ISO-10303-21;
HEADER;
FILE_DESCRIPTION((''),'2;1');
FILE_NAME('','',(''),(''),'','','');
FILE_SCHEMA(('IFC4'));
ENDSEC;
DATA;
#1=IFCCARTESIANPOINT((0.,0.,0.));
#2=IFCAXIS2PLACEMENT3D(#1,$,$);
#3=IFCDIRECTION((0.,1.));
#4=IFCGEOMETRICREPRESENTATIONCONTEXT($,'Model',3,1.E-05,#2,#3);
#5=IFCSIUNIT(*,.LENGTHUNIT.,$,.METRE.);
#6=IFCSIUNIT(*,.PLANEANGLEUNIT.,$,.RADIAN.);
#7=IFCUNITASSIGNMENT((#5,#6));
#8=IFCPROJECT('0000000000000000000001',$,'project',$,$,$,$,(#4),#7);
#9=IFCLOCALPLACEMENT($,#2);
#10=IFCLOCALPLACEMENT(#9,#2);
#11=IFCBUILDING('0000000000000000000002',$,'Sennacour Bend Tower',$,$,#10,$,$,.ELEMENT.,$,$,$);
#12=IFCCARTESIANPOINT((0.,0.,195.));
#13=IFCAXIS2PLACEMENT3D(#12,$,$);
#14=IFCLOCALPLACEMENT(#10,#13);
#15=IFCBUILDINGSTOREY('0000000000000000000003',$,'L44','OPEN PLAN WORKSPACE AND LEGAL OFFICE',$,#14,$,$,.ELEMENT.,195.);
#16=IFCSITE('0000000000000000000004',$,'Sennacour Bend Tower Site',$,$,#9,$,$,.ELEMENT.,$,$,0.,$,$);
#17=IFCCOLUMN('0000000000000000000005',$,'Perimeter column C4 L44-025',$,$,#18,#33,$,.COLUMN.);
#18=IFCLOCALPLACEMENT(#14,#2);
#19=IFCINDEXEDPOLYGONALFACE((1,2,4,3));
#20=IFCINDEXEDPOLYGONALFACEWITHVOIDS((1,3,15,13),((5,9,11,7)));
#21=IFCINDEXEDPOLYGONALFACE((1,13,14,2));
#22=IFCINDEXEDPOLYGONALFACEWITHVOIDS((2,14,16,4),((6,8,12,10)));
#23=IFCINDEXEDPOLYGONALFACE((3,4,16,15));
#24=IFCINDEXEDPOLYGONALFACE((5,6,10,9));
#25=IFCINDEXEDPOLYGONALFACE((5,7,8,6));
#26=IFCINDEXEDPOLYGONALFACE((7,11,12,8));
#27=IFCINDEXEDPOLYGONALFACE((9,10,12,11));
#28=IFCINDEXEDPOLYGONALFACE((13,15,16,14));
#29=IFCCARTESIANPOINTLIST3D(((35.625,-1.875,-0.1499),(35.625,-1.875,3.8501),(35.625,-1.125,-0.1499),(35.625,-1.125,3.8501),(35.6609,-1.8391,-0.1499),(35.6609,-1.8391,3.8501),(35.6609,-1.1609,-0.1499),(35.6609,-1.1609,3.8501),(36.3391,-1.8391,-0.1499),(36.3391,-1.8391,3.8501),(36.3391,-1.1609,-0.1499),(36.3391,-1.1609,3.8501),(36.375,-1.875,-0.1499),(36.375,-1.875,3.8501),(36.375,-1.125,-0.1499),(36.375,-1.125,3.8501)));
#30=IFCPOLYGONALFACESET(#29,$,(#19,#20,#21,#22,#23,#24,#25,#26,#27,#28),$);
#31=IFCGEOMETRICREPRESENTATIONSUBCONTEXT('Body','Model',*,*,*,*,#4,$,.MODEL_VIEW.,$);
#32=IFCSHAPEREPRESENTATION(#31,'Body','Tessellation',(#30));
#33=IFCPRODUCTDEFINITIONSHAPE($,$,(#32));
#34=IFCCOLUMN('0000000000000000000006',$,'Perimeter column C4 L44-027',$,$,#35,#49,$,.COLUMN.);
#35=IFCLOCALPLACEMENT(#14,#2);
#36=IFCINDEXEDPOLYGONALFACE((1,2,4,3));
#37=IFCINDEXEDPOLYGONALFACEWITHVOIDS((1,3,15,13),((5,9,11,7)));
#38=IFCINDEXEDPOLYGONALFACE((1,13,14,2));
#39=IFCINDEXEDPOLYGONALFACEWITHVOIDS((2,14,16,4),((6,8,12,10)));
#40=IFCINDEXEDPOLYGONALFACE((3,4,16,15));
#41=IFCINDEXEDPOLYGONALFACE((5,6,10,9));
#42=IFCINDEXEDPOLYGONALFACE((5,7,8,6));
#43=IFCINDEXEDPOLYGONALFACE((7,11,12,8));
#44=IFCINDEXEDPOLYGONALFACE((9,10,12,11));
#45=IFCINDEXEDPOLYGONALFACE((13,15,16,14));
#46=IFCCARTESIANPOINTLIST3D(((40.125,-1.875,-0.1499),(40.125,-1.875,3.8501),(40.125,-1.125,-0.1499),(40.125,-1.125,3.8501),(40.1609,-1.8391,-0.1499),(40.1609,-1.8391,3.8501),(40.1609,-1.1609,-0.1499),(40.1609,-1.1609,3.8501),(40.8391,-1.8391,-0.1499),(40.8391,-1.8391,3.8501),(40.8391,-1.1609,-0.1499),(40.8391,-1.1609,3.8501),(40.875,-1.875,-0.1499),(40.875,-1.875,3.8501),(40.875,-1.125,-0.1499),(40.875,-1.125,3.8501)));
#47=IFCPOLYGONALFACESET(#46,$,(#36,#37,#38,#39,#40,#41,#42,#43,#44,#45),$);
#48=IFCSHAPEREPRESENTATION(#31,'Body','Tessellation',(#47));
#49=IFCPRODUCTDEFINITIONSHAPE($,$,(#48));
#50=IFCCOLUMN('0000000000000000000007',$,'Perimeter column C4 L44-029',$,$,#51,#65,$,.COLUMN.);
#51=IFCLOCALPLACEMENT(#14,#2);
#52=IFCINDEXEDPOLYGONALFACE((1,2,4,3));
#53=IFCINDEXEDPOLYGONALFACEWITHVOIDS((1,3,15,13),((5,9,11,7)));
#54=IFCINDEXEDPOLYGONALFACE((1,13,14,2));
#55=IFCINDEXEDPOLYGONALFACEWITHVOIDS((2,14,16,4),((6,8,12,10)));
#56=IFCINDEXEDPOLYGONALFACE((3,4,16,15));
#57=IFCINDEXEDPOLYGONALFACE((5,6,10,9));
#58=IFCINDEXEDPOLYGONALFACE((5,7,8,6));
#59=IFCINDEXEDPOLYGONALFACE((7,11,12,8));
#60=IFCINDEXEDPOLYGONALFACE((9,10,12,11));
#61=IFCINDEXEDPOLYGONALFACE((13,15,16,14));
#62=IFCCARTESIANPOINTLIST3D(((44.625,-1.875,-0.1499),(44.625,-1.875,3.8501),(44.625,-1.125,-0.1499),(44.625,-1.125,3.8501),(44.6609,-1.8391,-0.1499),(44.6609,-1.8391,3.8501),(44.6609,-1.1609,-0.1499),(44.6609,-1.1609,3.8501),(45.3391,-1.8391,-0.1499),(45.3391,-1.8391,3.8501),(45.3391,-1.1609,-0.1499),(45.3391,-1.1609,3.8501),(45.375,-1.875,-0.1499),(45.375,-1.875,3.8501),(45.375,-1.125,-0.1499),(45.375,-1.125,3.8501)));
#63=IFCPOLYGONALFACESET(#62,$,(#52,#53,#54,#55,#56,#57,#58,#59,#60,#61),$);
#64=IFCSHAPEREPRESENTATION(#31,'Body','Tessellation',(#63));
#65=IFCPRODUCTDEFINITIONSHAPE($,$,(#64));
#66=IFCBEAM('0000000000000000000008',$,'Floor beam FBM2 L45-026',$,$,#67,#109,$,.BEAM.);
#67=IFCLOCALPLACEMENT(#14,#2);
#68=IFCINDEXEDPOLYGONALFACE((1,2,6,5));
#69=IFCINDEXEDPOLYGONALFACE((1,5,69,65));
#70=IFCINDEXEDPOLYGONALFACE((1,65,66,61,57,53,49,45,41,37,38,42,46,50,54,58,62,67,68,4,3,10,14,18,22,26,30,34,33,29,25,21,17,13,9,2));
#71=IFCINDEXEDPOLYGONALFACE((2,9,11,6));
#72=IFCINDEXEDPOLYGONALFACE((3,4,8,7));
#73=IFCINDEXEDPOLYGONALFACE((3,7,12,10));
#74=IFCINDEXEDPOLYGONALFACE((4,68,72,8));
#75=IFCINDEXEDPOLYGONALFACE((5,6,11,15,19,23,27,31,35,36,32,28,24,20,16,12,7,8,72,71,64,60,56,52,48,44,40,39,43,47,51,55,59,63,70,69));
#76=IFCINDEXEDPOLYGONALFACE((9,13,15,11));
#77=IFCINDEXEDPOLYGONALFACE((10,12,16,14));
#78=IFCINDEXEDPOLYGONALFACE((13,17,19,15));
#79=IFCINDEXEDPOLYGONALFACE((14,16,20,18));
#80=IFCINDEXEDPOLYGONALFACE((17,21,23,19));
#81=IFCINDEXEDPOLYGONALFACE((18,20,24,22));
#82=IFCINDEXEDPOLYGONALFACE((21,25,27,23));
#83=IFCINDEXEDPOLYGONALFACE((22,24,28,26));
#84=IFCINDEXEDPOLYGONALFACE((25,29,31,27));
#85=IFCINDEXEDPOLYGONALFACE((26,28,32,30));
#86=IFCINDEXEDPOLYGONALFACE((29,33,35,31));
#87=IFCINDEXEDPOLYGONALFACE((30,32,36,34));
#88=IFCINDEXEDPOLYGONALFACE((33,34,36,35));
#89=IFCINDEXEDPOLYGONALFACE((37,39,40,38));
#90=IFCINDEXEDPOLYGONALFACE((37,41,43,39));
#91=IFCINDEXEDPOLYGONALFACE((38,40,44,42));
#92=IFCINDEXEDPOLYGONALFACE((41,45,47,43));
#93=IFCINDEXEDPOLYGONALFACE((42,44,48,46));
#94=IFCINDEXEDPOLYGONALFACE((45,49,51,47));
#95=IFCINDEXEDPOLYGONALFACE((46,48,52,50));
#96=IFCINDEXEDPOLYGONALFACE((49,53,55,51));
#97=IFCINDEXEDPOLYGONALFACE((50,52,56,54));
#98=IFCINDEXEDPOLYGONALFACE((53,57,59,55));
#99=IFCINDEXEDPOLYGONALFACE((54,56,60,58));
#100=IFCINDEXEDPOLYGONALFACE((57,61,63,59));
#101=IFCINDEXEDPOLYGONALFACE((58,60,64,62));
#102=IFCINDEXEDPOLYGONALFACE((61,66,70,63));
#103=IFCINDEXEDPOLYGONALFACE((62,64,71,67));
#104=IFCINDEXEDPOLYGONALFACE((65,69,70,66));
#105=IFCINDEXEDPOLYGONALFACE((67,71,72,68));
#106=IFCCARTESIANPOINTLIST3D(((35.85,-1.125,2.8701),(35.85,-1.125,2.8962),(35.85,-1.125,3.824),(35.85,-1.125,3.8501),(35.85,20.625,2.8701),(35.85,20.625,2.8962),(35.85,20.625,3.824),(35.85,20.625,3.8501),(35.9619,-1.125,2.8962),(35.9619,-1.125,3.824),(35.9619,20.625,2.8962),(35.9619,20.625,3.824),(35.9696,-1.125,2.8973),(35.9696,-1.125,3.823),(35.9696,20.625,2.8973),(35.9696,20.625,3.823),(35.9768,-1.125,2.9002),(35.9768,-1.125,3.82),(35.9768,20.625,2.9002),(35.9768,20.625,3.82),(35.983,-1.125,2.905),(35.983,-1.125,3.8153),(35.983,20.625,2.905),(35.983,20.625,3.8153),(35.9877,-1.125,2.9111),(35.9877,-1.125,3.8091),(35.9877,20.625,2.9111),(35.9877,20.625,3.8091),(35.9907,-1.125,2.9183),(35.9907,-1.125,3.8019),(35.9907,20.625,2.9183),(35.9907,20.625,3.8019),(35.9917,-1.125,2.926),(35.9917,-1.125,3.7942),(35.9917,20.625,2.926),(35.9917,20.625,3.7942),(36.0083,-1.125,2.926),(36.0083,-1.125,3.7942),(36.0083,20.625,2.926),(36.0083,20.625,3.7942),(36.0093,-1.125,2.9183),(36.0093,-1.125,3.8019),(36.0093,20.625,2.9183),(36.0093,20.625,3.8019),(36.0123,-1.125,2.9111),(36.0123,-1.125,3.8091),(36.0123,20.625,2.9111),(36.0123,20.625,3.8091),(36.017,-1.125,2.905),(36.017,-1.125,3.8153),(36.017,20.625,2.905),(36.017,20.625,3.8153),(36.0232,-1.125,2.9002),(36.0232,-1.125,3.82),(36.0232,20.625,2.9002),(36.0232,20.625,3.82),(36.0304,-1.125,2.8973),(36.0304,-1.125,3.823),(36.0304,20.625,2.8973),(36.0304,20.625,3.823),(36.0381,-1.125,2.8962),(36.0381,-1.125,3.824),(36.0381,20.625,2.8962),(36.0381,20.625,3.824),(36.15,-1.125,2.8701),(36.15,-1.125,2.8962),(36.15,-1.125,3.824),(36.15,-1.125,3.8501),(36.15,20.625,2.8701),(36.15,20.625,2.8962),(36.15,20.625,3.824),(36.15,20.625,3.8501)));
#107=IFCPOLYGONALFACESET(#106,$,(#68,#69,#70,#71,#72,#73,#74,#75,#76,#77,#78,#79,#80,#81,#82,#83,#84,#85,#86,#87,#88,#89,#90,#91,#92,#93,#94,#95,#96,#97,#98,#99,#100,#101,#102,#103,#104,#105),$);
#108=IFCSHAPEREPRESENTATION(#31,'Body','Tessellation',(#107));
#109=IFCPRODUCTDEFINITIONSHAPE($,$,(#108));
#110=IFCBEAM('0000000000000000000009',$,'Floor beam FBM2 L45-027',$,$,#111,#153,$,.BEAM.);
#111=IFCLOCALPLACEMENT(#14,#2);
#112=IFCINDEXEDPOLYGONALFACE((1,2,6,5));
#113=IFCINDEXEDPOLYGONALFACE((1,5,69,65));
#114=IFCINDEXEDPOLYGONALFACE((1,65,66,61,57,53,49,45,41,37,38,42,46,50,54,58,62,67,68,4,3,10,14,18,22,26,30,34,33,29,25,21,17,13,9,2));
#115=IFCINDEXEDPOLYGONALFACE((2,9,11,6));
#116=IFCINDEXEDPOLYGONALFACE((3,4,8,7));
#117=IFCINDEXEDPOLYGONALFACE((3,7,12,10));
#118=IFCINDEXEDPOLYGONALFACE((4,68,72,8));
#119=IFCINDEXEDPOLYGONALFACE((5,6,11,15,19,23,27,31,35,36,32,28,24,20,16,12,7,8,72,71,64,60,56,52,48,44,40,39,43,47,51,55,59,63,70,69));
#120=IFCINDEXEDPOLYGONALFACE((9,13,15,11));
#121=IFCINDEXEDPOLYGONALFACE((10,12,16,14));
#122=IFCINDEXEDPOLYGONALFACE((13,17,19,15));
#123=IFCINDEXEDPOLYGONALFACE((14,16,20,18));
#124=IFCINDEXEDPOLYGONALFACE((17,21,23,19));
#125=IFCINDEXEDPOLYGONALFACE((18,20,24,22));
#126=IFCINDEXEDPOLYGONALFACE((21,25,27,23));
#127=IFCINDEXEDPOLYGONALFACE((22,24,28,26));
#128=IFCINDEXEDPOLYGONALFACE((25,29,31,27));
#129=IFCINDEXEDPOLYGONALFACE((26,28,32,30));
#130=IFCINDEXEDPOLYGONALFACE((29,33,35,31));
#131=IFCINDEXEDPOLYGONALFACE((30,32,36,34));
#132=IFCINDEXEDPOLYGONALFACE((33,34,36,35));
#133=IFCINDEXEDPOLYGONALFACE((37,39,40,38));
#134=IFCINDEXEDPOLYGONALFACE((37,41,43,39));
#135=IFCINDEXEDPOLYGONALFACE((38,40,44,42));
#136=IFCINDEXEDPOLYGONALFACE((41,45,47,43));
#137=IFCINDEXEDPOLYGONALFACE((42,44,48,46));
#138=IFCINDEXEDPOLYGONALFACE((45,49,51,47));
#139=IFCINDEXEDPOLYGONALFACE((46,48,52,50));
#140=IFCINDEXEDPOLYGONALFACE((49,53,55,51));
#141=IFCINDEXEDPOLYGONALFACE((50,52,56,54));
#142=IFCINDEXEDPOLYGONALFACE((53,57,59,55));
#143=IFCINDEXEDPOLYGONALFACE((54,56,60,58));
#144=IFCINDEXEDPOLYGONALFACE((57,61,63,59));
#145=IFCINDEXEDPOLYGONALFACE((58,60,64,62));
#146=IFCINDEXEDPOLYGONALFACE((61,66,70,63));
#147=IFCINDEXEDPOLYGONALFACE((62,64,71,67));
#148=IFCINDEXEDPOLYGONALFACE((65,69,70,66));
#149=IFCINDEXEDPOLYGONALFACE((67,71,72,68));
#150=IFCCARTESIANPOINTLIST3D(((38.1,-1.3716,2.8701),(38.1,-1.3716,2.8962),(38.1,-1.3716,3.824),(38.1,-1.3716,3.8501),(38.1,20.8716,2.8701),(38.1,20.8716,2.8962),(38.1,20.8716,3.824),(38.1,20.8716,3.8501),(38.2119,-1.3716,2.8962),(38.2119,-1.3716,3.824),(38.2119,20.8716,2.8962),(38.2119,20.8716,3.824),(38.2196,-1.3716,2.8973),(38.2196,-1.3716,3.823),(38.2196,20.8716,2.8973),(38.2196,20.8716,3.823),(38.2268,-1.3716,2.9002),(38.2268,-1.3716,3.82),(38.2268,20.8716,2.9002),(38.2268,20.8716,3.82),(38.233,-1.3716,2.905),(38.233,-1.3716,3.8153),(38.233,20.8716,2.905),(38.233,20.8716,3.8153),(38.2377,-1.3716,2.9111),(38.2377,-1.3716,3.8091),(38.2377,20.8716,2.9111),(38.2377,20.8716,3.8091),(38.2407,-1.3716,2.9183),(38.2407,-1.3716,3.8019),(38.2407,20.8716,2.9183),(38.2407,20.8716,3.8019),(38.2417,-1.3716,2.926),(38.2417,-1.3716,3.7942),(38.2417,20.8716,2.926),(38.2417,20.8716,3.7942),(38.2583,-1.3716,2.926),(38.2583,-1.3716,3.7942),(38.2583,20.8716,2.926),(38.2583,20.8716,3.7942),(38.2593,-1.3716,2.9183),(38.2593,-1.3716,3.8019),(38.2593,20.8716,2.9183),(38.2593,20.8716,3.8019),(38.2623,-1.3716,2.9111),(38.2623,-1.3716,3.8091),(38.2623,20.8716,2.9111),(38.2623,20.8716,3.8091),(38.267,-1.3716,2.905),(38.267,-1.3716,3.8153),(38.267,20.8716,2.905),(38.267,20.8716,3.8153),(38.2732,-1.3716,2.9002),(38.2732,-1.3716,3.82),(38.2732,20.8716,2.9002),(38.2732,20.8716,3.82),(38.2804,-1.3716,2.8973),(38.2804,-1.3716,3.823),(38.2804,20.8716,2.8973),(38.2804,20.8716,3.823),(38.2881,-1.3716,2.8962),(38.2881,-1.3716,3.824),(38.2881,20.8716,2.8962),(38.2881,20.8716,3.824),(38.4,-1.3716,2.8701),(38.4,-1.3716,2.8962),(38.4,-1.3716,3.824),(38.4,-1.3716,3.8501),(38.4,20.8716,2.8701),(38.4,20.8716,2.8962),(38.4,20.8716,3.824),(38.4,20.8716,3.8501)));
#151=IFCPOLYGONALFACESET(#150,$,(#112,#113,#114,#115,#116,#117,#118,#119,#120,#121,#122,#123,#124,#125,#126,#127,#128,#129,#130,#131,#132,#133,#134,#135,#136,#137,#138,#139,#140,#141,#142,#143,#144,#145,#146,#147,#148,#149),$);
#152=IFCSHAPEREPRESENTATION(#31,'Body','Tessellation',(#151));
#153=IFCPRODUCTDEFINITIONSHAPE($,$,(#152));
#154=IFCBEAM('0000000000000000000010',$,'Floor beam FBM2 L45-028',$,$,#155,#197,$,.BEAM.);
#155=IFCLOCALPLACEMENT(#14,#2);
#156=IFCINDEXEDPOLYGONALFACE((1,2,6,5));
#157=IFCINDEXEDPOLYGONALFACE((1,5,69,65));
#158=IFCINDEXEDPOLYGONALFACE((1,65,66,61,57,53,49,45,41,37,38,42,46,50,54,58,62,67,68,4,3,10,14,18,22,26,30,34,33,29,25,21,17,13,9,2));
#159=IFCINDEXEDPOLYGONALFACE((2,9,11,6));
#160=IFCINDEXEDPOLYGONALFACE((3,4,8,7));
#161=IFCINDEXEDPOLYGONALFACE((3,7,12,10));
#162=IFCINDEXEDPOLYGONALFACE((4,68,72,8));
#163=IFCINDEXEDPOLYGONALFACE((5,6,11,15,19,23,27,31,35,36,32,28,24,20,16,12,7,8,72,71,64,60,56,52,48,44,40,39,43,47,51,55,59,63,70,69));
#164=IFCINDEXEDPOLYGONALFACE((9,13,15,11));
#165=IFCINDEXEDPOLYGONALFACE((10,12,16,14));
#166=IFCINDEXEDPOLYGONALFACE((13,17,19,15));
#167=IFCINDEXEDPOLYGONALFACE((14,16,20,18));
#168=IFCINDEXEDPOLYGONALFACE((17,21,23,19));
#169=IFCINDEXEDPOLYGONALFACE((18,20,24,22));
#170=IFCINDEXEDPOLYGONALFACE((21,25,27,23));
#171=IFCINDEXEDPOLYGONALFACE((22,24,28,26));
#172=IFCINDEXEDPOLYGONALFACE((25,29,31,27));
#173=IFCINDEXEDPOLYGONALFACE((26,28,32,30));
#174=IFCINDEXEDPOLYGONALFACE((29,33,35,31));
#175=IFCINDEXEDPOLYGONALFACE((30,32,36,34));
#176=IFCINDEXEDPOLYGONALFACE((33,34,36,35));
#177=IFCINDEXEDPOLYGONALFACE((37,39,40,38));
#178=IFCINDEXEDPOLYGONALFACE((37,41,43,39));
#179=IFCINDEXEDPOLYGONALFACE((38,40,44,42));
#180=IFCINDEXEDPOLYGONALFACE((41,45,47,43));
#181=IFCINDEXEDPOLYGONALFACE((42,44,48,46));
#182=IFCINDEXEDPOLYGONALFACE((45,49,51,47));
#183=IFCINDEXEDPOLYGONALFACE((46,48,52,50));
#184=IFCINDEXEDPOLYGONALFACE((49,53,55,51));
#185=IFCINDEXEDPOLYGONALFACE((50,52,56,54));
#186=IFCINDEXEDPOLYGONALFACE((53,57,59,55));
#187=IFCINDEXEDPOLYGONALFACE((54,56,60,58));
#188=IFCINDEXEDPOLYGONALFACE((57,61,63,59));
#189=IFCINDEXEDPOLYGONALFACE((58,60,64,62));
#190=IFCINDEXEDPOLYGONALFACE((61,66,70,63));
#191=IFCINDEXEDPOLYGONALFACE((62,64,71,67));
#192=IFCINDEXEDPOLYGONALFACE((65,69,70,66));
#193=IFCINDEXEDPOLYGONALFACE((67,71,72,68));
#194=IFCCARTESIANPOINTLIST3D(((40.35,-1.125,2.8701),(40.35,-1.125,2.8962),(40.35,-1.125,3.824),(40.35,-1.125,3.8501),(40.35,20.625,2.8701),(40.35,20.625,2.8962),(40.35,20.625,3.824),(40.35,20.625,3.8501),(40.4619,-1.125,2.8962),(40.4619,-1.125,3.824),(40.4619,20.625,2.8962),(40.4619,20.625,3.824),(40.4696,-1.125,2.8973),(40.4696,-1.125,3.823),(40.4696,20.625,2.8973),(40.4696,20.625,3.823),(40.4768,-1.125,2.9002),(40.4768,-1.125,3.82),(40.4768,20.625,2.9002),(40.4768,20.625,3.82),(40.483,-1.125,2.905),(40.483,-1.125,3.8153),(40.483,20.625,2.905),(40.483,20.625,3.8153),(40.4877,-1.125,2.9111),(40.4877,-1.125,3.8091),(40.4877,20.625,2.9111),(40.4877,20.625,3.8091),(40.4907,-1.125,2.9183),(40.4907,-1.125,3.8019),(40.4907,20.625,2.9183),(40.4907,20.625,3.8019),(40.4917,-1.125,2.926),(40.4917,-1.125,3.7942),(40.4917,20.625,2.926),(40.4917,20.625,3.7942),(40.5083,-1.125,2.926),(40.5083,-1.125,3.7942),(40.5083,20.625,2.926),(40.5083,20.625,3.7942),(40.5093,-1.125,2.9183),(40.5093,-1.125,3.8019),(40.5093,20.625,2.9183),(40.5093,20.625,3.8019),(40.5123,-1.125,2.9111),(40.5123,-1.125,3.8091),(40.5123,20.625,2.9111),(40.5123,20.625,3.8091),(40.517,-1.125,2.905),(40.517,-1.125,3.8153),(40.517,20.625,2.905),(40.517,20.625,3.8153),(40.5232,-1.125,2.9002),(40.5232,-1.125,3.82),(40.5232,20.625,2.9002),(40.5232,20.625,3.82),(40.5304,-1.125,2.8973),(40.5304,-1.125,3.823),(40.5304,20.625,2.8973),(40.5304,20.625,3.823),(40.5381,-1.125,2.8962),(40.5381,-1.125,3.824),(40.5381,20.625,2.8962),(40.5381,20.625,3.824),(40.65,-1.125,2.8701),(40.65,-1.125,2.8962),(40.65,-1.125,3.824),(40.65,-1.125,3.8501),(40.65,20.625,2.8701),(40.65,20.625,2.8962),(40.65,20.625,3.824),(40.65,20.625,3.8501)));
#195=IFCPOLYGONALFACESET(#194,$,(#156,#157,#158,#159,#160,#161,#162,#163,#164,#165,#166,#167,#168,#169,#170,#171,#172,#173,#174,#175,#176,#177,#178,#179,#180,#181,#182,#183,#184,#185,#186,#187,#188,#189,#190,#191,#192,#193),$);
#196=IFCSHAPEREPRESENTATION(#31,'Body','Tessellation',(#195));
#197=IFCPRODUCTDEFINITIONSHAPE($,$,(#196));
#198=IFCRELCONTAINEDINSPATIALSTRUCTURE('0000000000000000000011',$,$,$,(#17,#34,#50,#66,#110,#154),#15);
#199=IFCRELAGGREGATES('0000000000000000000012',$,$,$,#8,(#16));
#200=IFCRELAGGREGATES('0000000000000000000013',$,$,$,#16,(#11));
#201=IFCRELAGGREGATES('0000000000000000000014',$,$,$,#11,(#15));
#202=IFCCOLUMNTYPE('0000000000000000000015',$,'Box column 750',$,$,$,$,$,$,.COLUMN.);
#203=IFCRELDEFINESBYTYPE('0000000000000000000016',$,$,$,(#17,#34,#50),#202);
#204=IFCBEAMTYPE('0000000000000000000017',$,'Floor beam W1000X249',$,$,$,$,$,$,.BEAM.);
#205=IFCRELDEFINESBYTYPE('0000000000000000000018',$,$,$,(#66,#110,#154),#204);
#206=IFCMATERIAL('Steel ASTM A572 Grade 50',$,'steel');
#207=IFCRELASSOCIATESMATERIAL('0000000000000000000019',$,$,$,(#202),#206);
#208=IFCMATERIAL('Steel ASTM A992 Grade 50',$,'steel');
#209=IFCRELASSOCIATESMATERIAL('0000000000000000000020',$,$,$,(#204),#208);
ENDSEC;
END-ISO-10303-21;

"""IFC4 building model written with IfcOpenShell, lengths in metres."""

from ifc_helpers import new_model, si_unit, direction, frame, origin, origin_2d, place, context, subcontext, project, spatial, hollow_rectangle, i_section, extrude, material, material_profile, profile_set, type_object, element, save


model = new_model("IFC4")

# Units and contexts
model_context = context("Model", 3, precision=1e-05, world=origin(), true_north=direction((0.0, 1.0)))
body_context = subcontext(model_context, "Body", "Model", "MODEL_VIEW")
ifc_project = project(units=[si_unit("LENGTHUNIT", "METRE"), si_unit("PLANEANGLEUNIT", "RADIAN")], contexts=[model_context])

# Site, building, storey
site_placement = place(None, origin())
site = spatial("IfcSite", under=ifc_project, at=site_placement, Name="Sennacour Bend Tower Site", CompositionType="ELEMENT", RefElevation=0.0)
building_placement = place(site_placement, origin())
building = spatial("IfcBuilding", under=site, at=building_placement, Name="Sennacour Bend Tower", CompositionType="ELEMENT")
storey_placement = place(building_placement, frame((0.0, 0.0, 195.0)))
storey = spatial("IfcBuildingStorey", under=building, at=storey_placement, Name="L44", Description="OPEN PLAN WORKSPACE AND LEGAL OFFICE", CompositionType="ELEMENT", Elevation=195.0)

# Columns
ifc_material_1 = material(Name="Steel ASTM A572 Grade 50", Category="steel")
ifc_material_profile_1 = material_profile(ifc_material_1, hollow_rectangle(XDim=0.75, YDim=0.75, WallThickness=0.0359, at=origin_2d()), Name="Steel ASTM A572 Grade 50", Category="steel")
ifc_profile_set_1 = profile_set([ifc_material_profile_1], Name="Steel ASTM A572 Grade 50")
column_type = type_object("IfcColumnType", Name="Box column 750", PredefinedType="COLUMN", material=ifc_profile_set_1)
for number, where, z_axis, x_axis, name in (
    (1, (36.0, -1.5, -0.1499), (0.0, 0.0, 1.0), (1.0, 0.0, 0.0), "Perimeter column C4 L44-025"),
    (2, (40.5, -1.5, -0.1499), (0.0, 0.0, 1.0), (1.0, 0.0, 0.0), "Perimeter column C4 L44-027"),
    (3, (45.0, -1.5, -0.1499), (0.0, 0.0, 1.0), (1.0, 0.0, 0.0), "Perimeter column C4 L44-029"),
):
    element("IfcColumn", number, at=place(storey_placement, frame(where, z_axis=z_axis, x_axis=x_axis)), inside=storey, type_object=column_type, Name=name, PredefinedType="COLUMN", context=body_context, shape_type="SweptSolid", body=[
        extrude(hollow_rectangle(XDim=0.75, YDim=0.75, WallThickness=0.0359, at=origin_2d()), origin(), (0.0, 0.0, 1.0), 4.0),
    ])

# Beams
ifc_material_2 = material(Name="Steel ASTM A992 Grade 50", Category="steel")
ifc_material_profile_2 = material_profile(ifc_material_2, i_section(OverallWidth=0.3, OverallDepth=0.98, WebThickness=0.0166, FlangeThickness=0.0261, FilletRadius=0.0298, at=origin_2d()), Name="Steel ASTM A992 Grade 50", Category="steel")
ifc_profile_set_2 = profile_set([ifc_material_profile_2], Name="Steel ASTM A992 Grade 50")
beam_type_1 = type_object("IfcBeamType", Name="Floor beam W1000X249", PredefinedType="BEAM", material=ifc_profile_set_2)
beam_1_placement = place(storey_placement, frame((36.0, -1.125, 3.3601), z_axis=(0.0, 1.0, 0.0), x_axis=(-1.0, 0.0, 0.0)))
element("IfcBeam", 4, at=beam_1_placement, inside=storey, type_object=beam_type_1, Name="Floor beam FBM2 L45-026", PredefinedType="BEAM", context=body_context, shape_type="SweptSolid", body=[
    extrude(i_section(OverallWidth=0.3, OverallDepth=0.98, WebThickness=0.0166, FlangeThickness=0.0261, FilletRadius=0.0298, at=origin_2d()), origin(), (0.0, 0.0, 1.0), 21.75),
])
beam_2_placement = place(storey_placement, frame((38.25, -1.3716, 3.3601), z_axis=(0.0, 1.0, 0.0), x_axis=(-1.0, 0.0, 0.0)))
element("IfcBeam", 5, at=beam_2_placement, inside=storey, type_object=beam_type_1, Name="Floor beam FBM2 L45-027", PredefinedType="BEAM", context=body_context, shape_type="SweptSolid", body=[
    extrude(i_section(OverallWidth=0.3, OverallDepth=0.98, WebThickness=0.0166, FlangeThickness=0.0261, FilletRadius=0.0298, at=origin_2d()), origin(), (0.0, 0.0, 1.0), 22.2432),
])
beam_3_placement = place(storey_placement, frame((40.5, -1.125, 3.3601), z_axis=(0.0, 1.0, 0.0), x_axis=(-1.0, 0.0, 0.0)))
element("IfcBeam", 6, at=beam_3_placement, inside=storey, type_object=beam_type_1, Name="Floor beam FBM2 L45-028", PredefinedType="BEAM", context=body_context, shape_type="SweptSolid", body=[
    extrude(i_section(OverallWidth=0.3, OverallDepth=0.98, WebThickness=0.0166, FlangeThickness=0.0261, FilletRadius=0.0298, at=origin_2d()), origin(), (0.0, 0.0, 1.0), 21.75),
])

save(model, "model.ifc")
